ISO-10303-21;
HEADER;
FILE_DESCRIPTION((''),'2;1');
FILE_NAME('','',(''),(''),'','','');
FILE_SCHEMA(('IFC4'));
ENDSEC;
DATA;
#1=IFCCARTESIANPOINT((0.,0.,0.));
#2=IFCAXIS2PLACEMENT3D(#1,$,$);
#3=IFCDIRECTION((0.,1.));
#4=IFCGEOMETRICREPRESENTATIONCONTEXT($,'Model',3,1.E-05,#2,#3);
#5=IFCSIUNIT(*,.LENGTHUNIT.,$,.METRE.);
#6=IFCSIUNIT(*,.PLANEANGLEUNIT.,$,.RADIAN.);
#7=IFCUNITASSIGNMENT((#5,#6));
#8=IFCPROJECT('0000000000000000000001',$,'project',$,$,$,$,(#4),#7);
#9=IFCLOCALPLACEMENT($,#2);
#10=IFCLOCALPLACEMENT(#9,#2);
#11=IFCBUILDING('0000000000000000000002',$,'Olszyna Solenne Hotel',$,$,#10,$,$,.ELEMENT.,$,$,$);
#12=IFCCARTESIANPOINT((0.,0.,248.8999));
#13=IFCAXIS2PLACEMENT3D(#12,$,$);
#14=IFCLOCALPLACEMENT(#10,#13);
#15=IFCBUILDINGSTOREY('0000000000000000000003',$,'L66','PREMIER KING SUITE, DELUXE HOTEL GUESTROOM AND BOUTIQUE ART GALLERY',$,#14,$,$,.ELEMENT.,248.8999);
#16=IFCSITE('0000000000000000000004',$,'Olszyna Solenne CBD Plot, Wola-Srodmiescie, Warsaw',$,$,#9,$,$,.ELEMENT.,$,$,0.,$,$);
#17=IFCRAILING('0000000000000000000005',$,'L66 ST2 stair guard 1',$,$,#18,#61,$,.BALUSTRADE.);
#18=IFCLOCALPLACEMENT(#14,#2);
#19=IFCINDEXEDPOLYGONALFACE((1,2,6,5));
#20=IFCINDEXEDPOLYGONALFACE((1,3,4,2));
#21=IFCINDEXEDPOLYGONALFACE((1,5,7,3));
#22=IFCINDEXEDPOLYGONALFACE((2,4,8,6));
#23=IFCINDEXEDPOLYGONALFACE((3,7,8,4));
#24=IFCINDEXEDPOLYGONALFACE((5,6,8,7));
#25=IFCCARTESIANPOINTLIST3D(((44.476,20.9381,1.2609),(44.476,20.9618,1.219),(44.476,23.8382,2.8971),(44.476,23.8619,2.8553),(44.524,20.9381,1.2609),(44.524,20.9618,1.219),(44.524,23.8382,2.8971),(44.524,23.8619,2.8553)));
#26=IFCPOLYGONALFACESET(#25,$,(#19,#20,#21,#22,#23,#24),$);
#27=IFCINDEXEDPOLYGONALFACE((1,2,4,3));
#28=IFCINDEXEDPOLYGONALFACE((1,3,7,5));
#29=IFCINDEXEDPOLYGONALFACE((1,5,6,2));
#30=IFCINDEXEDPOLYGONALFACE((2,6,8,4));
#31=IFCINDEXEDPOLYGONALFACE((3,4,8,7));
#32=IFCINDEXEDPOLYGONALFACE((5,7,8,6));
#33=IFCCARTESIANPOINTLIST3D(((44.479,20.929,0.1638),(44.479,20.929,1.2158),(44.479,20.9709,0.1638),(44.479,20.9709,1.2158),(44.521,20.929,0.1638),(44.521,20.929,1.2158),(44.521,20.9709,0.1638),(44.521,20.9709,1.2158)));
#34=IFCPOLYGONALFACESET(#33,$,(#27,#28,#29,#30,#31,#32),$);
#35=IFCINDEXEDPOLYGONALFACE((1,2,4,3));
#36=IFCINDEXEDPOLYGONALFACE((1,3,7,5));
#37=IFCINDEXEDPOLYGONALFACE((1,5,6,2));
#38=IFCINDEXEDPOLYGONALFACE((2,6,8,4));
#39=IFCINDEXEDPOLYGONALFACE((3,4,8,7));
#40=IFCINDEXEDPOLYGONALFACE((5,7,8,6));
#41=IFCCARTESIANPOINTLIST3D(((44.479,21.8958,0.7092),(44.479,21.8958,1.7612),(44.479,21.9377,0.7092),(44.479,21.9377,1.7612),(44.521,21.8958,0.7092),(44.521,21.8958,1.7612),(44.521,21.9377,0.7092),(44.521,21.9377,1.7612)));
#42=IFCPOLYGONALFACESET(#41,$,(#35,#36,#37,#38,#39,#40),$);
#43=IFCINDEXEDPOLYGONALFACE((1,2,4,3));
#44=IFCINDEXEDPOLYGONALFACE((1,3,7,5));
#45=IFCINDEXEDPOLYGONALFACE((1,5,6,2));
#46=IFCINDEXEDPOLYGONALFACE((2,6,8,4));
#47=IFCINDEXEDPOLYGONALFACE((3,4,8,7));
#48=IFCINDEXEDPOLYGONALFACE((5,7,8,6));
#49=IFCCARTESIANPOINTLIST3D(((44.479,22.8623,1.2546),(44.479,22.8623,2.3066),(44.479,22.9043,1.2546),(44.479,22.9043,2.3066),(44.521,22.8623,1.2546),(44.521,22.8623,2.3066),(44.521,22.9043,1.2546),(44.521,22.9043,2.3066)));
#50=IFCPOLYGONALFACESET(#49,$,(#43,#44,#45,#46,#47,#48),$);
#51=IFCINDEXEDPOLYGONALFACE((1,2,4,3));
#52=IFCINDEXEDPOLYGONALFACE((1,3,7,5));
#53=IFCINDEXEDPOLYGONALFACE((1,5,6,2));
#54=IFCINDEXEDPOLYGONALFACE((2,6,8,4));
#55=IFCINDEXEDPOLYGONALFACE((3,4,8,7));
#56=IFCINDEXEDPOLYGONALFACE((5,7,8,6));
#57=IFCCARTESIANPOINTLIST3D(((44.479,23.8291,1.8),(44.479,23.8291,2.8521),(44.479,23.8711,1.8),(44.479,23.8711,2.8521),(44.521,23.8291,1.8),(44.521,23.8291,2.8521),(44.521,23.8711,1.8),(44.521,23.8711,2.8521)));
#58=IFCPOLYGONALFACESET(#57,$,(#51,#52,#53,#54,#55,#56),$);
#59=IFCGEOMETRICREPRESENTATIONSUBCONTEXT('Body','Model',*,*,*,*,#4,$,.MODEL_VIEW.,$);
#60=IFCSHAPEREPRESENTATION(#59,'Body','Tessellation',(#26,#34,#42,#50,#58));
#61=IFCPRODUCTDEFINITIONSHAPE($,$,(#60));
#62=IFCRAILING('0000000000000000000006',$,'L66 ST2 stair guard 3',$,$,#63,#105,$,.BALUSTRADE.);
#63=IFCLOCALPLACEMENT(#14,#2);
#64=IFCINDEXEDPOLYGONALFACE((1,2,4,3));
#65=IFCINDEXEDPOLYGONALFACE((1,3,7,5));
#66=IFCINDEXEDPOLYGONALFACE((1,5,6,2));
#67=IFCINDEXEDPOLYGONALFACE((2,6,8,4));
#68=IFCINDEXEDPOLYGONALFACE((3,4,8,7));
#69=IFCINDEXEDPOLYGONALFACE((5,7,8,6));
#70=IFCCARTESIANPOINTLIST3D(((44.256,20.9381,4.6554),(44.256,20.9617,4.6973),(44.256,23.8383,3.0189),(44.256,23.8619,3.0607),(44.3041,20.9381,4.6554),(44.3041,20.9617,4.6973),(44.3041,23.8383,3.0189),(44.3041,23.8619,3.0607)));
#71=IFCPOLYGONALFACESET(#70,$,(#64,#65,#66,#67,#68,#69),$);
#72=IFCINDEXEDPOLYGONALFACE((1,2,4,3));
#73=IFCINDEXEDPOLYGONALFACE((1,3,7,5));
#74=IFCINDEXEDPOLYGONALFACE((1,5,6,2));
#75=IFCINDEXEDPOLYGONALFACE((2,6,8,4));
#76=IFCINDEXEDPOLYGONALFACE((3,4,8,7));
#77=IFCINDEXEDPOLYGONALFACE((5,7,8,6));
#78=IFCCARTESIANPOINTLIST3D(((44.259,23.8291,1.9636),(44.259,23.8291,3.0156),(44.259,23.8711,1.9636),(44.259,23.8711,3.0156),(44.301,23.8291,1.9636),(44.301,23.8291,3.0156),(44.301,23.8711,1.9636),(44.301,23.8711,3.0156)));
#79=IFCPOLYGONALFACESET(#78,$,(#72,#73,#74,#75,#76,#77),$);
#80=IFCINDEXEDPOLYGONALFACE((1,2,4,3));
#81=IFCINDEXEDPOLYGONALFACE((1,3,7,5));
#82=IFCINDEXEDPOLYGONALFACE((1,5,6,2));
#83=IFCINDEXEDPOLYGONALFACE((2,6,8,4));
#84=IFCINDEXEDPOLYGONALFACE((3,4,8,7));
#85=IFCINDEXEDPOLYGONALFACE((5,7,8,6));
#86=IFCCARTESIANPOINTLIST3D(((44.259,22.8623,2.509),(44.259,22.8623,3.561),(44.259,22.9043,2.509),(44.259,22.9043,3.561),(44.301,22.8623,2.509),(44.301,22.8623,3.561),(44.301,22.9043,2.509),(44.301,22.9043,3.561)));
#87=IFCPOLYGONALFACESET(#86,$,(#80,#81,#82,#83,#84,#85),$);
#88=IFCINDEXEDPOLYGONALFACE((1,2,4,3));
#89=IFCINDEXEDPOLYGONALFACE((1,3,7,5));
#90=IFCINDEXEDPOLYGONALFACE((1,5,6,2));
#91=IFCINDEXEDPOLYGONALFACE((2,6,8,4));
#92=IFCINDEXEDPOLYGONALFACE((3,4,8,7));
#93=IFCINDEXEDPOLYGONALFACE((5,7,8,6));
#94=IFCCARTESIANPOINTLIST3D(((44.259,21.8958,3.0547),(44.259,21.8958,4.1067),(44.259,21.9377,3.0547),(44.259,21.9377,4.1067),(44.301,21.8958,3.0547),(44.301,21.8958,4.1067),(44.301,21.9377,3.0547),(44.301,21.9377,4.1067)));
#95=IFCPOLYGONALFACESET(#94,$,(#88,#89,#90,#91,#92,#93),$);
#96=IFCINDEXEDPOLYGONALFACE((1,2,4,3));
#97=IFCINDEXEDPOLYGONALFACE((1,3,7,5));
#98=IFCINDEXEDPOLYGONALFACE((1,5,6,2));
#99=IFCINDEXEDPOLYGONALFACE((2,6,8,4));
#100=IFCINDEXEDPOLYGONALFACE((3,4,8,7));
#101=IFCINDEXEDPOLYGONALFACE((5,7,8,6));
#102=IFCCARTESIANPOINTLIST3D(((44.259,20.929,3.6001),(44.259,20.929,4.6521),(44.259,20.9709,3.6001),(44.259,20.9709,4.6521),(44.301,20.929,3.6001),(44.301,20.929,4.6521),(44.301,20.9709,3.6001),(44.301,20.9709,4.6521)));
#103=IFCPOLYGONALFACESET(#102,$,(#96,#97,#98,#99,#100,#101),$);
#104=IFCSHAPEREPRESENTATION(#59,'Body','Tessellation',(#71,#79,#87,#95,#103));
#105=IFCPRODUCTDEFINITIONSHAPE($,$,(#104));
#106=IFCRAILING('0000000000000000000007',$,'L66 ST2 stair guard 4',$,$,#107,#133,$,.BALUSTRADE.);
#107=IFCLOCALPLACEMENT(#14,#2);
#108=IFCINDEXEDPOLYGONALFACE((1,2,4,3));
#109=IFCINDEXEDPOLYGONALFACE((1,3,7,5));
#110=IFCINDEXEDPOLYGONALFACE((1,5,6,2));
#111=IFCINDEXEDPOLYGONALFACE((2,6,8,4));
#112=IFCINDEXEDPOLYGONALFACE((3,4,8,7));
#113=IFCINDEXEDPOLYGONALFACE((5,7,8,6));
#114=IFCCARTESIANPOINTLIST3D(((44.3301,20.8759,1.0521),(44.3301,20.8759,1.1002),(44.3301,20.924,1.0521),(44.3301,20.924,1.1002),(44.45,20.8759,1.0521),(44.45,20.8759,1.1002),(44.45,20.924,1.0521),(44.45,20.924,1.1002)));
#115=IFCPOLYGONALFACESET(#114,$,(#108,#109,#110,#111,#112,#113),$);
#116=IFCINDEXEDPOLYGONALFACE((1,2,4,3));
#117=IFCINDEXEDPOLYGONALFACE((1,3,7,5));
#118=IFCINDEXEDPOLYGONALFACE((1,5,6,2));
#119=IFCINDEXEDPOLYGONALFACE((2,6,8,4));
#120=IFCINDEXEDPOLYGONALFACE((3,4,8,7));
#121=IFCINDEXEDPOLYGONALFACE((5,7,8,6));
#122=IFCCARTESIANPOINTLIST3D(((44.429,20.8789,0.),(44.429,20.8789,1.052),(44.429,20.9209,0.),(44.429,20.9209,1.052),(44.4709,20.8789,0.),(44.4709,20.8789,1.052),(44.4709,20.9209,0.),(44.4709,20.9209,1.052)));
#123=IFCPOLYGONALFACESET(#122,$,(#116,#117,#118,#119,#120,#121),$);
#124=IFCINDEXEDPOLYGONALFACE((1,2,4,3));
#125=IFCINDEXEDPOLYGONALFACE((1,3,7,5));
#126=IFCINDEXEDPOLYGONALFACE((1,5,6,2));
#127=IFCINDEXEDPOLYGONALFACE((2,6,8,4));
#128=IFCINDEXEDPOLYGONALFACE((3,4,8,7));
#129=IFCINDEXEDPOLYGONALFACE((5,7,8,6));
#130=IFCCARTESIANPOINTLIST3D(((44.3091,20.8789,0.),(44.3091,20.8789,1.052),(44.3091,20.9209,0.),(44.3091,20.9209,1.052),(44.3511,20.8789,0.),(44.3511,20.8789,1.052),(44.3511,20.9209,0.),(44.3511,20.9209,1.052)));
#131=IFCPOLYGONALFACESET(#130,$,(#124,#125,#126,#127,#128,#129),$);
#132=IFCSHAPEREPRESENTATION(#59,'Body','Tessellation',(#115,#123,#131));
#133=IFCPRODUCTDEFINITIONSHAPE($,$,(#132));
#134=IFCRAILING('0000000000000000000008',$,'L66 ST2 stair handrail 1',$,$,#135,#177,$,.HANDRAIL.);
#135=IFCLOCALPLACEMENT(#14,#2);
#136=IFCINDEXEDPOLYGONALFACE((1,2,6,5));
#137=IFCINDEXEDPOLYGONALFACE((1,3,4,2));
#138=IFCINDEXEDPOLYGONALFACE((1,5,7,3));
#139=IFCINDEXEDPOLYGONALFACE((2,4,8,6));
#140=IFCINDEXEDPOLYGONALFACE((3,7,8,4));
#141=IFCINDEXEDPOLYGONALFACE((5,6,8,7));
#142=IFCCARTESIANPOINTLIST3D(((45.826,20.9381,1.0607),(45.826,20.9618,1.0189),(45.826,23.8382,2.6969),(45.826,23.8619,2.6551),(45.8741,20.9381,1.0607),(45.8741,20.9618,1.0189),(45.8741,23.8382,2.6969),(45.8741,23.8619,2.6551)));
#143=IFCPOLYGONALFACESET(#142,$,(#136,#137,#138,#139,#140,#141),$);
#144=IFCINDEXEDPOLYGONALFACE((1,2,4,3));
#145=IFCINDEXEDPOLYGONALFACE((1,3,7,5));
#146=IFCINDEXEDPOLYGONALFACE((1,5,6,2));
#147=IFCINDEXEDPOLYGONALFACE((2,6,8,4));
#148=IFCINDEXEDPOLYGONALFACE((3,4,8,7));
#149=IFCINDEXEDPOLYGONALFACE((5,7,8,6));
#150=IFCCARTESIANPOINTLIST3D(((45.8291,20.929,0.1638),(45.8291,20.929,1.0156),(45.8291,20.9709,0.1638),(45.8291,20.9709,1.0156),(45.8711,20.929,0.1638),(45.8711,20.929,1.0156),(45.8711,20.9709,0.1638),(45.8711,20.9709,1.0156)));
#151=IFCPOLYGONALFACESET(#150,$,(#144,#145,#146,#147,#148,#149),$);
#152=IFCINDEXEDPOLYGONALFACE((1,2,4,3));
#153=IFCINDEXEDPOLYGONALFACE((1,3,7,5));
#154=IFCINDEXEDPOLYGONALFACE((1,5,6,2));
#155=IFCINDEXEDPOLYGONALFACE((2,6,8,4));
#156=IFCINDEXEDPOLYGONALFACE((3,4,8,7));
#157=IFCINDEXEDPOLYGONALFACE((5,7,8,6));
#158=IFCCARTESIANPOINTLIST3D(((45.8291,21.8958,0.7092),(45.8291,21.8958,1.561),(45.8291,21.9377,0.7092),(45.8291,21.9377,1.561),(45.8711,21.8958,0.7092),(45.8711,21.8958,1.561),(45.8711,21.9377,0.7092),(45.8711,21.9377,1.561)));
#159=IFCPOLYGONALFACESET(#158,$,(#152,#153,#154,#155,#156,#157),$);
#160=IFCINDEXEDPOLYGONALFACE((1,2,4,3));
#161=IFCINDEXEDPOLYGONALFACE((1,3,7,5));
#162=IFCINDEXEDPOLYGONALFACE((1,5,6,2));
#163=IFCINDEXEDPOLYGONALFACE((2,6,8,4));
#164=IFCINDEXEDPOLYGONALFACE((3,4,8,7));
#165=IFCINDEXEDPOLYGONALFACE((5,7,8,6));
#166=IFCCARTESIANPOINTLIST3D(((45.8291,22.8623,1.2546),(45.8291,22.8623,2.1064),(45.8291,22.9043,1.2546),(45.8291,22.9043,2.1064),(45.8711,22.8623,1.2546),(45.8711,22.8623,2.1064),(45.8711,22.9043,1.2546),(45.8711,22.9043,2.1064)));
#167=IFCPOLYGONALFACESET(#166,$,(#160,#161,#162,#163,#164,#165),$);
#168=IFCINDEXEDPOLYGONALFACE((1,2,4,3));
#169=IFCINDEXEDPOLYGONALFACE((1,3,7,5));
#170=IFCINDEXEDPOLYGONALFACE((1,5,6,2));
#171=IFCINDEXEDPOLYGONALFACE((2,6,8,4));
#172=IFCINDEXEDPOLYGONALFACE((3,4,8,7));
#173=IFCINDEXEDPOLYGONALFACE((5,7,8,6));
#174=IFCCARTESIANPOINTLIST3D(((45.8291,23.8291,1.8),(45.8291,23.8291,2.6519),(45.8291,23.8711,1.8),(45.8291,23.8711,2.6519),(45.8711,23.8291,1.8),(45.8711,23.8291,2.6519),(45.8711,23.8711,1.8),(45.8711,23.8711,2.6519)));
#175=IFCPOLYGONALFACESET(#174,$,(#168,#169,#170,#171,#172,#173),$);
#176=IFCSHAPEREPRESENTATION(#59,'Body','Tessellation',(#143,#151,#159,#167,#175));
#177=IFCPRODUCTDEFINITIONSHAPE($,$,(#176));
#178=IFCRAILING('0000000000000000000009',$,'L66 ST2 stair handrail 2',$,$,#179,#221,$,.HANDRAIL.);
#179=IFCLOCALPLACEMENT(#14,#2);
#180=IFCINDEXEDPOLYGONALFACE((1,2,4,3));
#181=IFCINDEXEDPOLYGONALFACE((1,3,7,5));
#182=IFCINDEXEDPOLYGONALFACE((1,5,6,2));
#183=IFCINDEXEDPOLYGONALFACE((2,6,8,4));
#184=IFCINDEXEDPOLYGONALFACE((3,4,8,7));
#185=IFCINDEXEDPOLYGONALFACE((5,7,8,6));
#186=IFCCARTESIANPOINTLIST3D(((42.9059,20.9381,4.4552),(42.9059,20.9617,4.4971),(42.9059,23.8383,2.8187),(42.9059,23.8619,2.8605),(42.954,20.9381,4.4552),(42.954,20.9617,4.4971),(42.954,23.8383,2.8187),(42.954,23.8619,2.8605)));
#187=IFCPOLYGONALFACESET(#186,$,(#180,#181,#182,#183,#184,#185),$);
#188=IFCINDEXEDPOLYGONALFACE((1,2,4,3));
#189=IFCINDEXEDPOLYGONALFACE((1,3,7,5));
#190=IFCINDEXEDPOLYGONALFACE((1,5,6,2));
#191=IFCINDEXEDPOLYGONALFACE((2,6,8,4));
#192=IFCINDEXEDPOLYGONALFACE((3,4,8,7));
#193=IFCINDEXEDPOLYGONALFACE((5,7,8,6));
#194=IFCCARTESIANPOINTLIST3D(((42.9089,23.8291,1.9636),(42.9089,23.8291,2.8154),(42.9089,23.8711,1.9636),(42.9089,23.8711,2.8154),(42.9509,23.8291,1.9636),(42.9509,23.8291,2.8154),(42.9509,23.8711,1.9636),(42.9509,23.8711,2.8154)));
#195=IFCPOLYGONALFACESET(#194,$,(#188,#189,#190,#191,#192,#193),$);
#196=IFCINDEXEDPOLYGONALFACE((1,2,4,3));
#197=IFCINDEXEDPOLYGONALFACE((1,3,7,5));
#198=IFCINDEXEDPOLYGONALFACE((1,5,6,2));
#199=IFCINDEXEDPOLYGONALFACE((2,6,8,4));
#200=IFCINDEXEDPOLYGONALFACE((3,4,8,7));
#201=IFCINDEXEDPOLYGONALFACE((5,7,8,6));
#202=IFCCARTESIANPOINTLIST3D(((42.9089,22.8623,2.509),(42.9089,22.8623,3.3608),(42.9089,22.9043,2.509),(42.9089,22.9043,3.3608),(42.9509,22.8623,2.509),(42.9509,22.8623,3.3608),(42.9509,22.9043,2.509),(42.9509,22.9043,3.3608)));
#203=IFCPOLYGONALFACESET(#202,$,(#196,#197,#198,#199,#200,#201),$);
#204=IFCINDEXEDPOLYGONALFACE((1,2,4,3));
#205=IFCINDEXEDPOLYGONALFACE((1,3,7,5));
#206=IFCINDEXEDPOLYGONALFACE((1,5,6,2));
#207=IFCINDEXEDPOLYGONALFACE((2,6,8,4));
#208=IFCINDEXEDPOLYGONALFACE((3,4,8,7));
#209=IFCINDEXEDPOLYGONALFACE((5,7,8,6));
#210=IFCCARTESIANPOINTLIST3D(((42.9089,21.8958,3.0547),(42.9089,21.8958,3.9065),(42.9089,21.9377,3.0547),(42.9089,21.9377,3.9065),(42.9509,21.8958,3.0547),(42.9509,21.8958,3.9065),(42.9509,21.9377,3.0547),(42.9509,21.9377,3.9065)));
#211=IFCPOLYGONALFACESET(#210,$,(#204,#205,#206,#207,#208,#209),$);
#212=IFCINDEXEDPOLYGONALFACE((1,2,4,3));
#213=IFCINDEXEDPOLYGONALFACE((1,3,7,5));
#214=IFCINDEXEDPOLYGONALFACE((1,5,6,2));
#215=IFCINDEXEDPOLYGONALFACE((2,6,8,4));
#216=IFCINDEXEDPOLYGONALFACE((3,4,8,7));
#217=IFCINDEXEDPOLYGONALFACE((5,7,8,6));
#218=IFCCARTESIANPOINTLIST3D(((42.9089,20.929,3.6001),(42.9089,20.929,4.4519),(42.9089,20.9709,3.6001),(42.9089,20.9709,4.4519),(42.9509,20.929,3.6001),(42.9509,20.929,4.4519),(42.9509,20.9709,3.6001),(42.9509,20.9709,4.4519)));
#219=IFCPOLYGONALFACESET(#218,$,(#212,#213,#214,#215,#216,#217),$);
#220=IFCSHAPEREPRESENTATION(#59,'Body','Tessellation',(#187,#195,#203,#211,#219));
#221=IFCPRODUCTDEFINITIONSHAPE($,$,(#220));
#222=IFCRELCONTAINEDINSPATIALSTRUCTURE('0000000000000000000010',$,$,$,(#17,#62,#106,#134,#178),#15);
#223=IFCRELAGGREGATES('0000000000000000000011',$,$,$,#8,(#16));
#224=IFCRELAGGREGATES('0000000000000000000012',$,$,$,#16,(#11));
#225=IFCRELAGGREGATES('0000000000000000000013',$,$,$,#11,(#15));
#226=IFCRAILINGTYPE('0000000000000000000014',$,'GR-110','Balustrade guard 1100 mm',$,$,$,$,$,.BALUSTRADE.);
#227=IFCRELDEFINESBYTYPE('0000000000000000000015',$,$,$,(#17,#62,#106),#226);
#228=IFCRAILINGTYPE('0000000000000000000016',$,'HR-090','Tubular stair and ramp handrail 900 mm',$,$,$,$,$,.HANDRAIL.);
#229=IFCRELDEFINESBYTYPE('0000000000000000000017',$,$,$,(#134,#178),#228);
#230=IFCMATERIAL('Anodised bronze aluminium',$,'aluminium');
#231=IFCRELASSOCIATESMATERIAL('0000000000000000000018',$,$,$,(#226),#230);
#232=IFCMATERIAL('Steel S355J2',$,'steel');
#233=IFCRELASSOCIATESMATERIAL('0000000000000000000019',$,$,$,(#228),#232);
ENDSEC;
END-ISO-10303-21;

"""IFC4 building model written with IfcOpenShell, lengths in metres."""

from ifc_helpers import new_model, si_unit, direction, frame, origin, origin_2d, place, context, subcontext, project, spatial, rectangle, extrude, material, type_object, element, save


model = new_model("IFC4")

# Units and contexts
model_context = context("Model", 3, precision=1e-05, world=origin(), true_north=direction((0.0, 1.0)))
body_context = subcontext(model_context, "Body", "Model", "MODEL_VIEW")
ifc_project = project(units=[si_unit("LENGTHUNIT", "METRE"), si_unit("PLANEANGLEUNIT", "RADIAN")], contexts=[model_context])

# Site, building, storey
site_placement = place(None, origin())
site = spatial("IfcSite", under=ifc_project, at=site_placement, Name="Olszyna Solenne CBD Plot, Wola-Srodmiescie, Warsaw", CompositionType="ELEMENT", RefElevation=0.0)
building_placement = place(site_placement, origin())
building = spatial("IfcBuilding", under=site, at=building_placement, Name="Olszyna Solenne Hotel", CompositionType="ELEMENT")
storey_placement = place(building_placement, frame((0.0, 0.0, 248.8999)))
storey = spatial("IfcBuildingStorey", under=building, at=storey_placement, Name="L66", Description="PREMIER KING SUITE, DELUXE HOTEL GUESTROOM AND BOUTIQUE ART GALLERY", CompositionType="ELEMENT", Elevation=248.8999)

# Shared definitions
ifc_material_1 = material(Name="Steel S355J2", Category="steel")

# Shared definitions
ifc_material_2 = material(Name="Anodised bronze aluminium", Category="aluminium")

# Railings
railing_type_1 = type_object("IfcRailingType", Name="GR-110", Description="Balustrade guard 1100 mm", PredefinedType="BALUSTRADE", material=ifc_material_2)
railing_1_placement = place(storey_placement, frame((44.5, 20.95, 0.1638)))
element("IfcRailing", 1, at=railing_1_placement, inside=storey, type_object=railing_type_1, Name="L66 ST2 stair guard 1", PredefinedType="BALUSTRADE", context=body_context, shape_type="SweptSolid", body=[
    extrude(rectangle(XDim=0.0481, YDim=0.0481, at=origin_2d()), frame((0.0, 0.0, 1.0762), z_axis=(0.0, 0.870946, 0.491378), x_axis=(-1.0, 0.0, 0.0)), (0.0, 0.0, 1.0), 3.3298),
    extrude(rectangle(XDim=0.042, YDim=0.042, at=origin_2d()), origin(), (0.0, 0.0, 1.0), 1.052),
    extrude(rectangle(XDim=0.042, YDim=0.042, at=origin_2d()), frame((0.0, 0.9668, 0.5454)), (0.0, 0.0, 1.0), 1.052),
    extrude(rectangle(XDim=0.042, YDim=0.042, at=origin_2d()), frame((0.0, 1.9333, 1.0908)), (0.0, 0.0, 1.0), 1.052),
    extrude(rectangle(XDim=0.042, YDim=0.042, at=origin_2d()), frame((0.0, 2.9001, 1.6362)), (0.0, 0.0, 1.0), 1.052),
])
railing_2_placement = place(storey_placement, frame((44.28, 23.8501, 1.9636)))
element("IfcRailing", 2, at=railing_2_placement, inside=storey, type_object=railing_type_1, Name="L66 ST2 stair guard 3", PredefinedType="BALUSTRADE", context=body_context, shape_type="SweptSolid", body=[
    extrude(rectangle(XDim=0.0481, YDim=0.0481, at=origin_2d()), frame((0.0, 0.0, 1.0762), z_axis=(0.0, -0.870915, 0.491434), x_axis=(1.0, 0.0, 0.0)), (0.0, 0.0, 1.0), 3.3301),
    extrude(rectangle(XDim=0.042, YDim=0.042, at=origin_2d()), origin(), (0.0, 0.0, 1.0), 1.052),
    extrude(rectangle(XDim=0.042, YDim=0.042, at=origin_2d()), frame((0.0, -0.9668, 0.5454)), (0.0, 0.0, 1.0), 1.052),
    extrude(rectangle(XDim=0.042, YDim=0.042, at=origin_2d()), frame((0.0, -1.9333, 1.0911)), (0.0, 0.0, 1.0), 1.052),
    extrude(rectangle(XDim=0.042, YDim=0.042, at=origin_2d()), frame((0.0, -2.9001, 1.6365)), (0.0, 0.0, 1.0), 1.052),
])
railing_3_placement = place(storey_placement, frame((44.45, 20.8999, 0.0)))
element("IfcRailing", 3, at=railing_3_placement, inside=storey, type_object=railing_type_1, Name="L66 ST2 stair guard 4", PredefinedType="BALUSTRADE", context=body_context, shape_type="SweptSolid", body=[
    extrude(rectangle(XDim=0.0481, YDim=0.0481, at=origin_2d()), frame((0.0, 0.0, 1.0762), z_axis=(-1.0, 0.0, 0.0), x_axis=(0.0, -1.0, 0.0)), (0.0, 0.0, 1.0), 0.1199),
    extrude(rectangle(XDim=0.042, YDim=0.042, at=origin_2d()), origin(), (0.0, 0.0, 1.0), 1.052),
    extrude(rectangle(XDim=0.042, YDim=0.042, at=origin_2d()), frame((-0.1199, 0.0, 0.0)), (0.0, 0.0, 1.0), 1.052),
])
railing_type_2 = type_object("IfcRailingType", Name="HR-090", Description="Tubular stair and ramp handrail 900 mm", PredefinedType="HANDRAIL", material=ifc_material_1)
railing_4_placement = place(storey_placement, frame((45.8501, 20.95, 0.1638)))
element("IfcRailing", 4, at=railing_4_placement, inside=storey, type_object=railing_type_2, Name="L66 ST2 stair handrail 1", PredefinedType="HANDRAIL", context=body_context, shape_type="SweptSolid", body=[
    extrude(rectangle(XDim=0.0481, YDim=0.0481, at=origin_2d()), frame((0.0, 0.0, 0.876), z_axis=(0.0, 0.870946, 0.491378), x_axis=(-1.0, 0.0, 0.0)), (0.0, 0.0, 1.0), 3.3298),
    extrude(rectangle(XDim=0.042, YDim=0.042, at=origin_2d()), origin(), (0.0, 0.0, 1.0), 0.8518),
    extrude(rectangle(XDim=0.042, YDim=0.042, at=origin_2d()), frame((0.0, 0.9668, 0.5454)), (0.0, 0.0, 1.0), 0.8518),
    extrude(rectangle(XDim=0.042, YDim=0.042, at=origin_2d()), frame((0.0, 1.9333, 1.0908)), (0.0, 0.0, 1.0), 0.8518),
    extrude(rectangle(XDim=0.042, YDim=0.042, at=origin_2d()), frame((0.0, 2.9001, 1.6362)), (0.0, 0.0, 1.0), 0.8518),
])
railing_5_placement = place(storey_placement, frame((42.9299, 23.8501, 1.9636)))
element("IfcRailing", 5, at=railing_5_placement, inside=storey, type_object=railing_type_2, Name="L66 ST2 stair handrail 2", PredefinedType="HANDRAIL", context=body_context, shape_type="SweptSolid", body=[
    extrude(rectangle(XDim=0.0481, YDim=0.0481, at=origin_2d()), frame((0.0, 0.0, 0.876), z_axis=(0.0, -0.870915, 0.491434), x_axis=(1.0, 0.0, 0.0)), (0.0, 0.0, 1.0), 3.3301),
    extrude(rectangle(XDim=0.042, YDim=0.042, at=origin_2d()), origin(), (0.0, 0.0, 1.0), 0.8518),
    extrude(rectangle(XDim=0.042, YDim=0.042, at=origin_2d()), frame((0.0, -0.9668, 0.5454)), (0.0, 0.0, 1.0), 0.8518),
    extrude(rectangle(XDim=0.042, YDim=0.042, at=origin_2d()), frame((0.0, -1.9333, 1.0911)), (0.0, 0.0, 1.0), 0.8518),
    extrude(rectangle(XDim=0.042, YDim=0.042, at=origin_2d()), frame((0.0, -2.9001, 1.6365)), (0.0, 0.0, 1.0), 0.8518),
])

save(model, "model.ifc")
